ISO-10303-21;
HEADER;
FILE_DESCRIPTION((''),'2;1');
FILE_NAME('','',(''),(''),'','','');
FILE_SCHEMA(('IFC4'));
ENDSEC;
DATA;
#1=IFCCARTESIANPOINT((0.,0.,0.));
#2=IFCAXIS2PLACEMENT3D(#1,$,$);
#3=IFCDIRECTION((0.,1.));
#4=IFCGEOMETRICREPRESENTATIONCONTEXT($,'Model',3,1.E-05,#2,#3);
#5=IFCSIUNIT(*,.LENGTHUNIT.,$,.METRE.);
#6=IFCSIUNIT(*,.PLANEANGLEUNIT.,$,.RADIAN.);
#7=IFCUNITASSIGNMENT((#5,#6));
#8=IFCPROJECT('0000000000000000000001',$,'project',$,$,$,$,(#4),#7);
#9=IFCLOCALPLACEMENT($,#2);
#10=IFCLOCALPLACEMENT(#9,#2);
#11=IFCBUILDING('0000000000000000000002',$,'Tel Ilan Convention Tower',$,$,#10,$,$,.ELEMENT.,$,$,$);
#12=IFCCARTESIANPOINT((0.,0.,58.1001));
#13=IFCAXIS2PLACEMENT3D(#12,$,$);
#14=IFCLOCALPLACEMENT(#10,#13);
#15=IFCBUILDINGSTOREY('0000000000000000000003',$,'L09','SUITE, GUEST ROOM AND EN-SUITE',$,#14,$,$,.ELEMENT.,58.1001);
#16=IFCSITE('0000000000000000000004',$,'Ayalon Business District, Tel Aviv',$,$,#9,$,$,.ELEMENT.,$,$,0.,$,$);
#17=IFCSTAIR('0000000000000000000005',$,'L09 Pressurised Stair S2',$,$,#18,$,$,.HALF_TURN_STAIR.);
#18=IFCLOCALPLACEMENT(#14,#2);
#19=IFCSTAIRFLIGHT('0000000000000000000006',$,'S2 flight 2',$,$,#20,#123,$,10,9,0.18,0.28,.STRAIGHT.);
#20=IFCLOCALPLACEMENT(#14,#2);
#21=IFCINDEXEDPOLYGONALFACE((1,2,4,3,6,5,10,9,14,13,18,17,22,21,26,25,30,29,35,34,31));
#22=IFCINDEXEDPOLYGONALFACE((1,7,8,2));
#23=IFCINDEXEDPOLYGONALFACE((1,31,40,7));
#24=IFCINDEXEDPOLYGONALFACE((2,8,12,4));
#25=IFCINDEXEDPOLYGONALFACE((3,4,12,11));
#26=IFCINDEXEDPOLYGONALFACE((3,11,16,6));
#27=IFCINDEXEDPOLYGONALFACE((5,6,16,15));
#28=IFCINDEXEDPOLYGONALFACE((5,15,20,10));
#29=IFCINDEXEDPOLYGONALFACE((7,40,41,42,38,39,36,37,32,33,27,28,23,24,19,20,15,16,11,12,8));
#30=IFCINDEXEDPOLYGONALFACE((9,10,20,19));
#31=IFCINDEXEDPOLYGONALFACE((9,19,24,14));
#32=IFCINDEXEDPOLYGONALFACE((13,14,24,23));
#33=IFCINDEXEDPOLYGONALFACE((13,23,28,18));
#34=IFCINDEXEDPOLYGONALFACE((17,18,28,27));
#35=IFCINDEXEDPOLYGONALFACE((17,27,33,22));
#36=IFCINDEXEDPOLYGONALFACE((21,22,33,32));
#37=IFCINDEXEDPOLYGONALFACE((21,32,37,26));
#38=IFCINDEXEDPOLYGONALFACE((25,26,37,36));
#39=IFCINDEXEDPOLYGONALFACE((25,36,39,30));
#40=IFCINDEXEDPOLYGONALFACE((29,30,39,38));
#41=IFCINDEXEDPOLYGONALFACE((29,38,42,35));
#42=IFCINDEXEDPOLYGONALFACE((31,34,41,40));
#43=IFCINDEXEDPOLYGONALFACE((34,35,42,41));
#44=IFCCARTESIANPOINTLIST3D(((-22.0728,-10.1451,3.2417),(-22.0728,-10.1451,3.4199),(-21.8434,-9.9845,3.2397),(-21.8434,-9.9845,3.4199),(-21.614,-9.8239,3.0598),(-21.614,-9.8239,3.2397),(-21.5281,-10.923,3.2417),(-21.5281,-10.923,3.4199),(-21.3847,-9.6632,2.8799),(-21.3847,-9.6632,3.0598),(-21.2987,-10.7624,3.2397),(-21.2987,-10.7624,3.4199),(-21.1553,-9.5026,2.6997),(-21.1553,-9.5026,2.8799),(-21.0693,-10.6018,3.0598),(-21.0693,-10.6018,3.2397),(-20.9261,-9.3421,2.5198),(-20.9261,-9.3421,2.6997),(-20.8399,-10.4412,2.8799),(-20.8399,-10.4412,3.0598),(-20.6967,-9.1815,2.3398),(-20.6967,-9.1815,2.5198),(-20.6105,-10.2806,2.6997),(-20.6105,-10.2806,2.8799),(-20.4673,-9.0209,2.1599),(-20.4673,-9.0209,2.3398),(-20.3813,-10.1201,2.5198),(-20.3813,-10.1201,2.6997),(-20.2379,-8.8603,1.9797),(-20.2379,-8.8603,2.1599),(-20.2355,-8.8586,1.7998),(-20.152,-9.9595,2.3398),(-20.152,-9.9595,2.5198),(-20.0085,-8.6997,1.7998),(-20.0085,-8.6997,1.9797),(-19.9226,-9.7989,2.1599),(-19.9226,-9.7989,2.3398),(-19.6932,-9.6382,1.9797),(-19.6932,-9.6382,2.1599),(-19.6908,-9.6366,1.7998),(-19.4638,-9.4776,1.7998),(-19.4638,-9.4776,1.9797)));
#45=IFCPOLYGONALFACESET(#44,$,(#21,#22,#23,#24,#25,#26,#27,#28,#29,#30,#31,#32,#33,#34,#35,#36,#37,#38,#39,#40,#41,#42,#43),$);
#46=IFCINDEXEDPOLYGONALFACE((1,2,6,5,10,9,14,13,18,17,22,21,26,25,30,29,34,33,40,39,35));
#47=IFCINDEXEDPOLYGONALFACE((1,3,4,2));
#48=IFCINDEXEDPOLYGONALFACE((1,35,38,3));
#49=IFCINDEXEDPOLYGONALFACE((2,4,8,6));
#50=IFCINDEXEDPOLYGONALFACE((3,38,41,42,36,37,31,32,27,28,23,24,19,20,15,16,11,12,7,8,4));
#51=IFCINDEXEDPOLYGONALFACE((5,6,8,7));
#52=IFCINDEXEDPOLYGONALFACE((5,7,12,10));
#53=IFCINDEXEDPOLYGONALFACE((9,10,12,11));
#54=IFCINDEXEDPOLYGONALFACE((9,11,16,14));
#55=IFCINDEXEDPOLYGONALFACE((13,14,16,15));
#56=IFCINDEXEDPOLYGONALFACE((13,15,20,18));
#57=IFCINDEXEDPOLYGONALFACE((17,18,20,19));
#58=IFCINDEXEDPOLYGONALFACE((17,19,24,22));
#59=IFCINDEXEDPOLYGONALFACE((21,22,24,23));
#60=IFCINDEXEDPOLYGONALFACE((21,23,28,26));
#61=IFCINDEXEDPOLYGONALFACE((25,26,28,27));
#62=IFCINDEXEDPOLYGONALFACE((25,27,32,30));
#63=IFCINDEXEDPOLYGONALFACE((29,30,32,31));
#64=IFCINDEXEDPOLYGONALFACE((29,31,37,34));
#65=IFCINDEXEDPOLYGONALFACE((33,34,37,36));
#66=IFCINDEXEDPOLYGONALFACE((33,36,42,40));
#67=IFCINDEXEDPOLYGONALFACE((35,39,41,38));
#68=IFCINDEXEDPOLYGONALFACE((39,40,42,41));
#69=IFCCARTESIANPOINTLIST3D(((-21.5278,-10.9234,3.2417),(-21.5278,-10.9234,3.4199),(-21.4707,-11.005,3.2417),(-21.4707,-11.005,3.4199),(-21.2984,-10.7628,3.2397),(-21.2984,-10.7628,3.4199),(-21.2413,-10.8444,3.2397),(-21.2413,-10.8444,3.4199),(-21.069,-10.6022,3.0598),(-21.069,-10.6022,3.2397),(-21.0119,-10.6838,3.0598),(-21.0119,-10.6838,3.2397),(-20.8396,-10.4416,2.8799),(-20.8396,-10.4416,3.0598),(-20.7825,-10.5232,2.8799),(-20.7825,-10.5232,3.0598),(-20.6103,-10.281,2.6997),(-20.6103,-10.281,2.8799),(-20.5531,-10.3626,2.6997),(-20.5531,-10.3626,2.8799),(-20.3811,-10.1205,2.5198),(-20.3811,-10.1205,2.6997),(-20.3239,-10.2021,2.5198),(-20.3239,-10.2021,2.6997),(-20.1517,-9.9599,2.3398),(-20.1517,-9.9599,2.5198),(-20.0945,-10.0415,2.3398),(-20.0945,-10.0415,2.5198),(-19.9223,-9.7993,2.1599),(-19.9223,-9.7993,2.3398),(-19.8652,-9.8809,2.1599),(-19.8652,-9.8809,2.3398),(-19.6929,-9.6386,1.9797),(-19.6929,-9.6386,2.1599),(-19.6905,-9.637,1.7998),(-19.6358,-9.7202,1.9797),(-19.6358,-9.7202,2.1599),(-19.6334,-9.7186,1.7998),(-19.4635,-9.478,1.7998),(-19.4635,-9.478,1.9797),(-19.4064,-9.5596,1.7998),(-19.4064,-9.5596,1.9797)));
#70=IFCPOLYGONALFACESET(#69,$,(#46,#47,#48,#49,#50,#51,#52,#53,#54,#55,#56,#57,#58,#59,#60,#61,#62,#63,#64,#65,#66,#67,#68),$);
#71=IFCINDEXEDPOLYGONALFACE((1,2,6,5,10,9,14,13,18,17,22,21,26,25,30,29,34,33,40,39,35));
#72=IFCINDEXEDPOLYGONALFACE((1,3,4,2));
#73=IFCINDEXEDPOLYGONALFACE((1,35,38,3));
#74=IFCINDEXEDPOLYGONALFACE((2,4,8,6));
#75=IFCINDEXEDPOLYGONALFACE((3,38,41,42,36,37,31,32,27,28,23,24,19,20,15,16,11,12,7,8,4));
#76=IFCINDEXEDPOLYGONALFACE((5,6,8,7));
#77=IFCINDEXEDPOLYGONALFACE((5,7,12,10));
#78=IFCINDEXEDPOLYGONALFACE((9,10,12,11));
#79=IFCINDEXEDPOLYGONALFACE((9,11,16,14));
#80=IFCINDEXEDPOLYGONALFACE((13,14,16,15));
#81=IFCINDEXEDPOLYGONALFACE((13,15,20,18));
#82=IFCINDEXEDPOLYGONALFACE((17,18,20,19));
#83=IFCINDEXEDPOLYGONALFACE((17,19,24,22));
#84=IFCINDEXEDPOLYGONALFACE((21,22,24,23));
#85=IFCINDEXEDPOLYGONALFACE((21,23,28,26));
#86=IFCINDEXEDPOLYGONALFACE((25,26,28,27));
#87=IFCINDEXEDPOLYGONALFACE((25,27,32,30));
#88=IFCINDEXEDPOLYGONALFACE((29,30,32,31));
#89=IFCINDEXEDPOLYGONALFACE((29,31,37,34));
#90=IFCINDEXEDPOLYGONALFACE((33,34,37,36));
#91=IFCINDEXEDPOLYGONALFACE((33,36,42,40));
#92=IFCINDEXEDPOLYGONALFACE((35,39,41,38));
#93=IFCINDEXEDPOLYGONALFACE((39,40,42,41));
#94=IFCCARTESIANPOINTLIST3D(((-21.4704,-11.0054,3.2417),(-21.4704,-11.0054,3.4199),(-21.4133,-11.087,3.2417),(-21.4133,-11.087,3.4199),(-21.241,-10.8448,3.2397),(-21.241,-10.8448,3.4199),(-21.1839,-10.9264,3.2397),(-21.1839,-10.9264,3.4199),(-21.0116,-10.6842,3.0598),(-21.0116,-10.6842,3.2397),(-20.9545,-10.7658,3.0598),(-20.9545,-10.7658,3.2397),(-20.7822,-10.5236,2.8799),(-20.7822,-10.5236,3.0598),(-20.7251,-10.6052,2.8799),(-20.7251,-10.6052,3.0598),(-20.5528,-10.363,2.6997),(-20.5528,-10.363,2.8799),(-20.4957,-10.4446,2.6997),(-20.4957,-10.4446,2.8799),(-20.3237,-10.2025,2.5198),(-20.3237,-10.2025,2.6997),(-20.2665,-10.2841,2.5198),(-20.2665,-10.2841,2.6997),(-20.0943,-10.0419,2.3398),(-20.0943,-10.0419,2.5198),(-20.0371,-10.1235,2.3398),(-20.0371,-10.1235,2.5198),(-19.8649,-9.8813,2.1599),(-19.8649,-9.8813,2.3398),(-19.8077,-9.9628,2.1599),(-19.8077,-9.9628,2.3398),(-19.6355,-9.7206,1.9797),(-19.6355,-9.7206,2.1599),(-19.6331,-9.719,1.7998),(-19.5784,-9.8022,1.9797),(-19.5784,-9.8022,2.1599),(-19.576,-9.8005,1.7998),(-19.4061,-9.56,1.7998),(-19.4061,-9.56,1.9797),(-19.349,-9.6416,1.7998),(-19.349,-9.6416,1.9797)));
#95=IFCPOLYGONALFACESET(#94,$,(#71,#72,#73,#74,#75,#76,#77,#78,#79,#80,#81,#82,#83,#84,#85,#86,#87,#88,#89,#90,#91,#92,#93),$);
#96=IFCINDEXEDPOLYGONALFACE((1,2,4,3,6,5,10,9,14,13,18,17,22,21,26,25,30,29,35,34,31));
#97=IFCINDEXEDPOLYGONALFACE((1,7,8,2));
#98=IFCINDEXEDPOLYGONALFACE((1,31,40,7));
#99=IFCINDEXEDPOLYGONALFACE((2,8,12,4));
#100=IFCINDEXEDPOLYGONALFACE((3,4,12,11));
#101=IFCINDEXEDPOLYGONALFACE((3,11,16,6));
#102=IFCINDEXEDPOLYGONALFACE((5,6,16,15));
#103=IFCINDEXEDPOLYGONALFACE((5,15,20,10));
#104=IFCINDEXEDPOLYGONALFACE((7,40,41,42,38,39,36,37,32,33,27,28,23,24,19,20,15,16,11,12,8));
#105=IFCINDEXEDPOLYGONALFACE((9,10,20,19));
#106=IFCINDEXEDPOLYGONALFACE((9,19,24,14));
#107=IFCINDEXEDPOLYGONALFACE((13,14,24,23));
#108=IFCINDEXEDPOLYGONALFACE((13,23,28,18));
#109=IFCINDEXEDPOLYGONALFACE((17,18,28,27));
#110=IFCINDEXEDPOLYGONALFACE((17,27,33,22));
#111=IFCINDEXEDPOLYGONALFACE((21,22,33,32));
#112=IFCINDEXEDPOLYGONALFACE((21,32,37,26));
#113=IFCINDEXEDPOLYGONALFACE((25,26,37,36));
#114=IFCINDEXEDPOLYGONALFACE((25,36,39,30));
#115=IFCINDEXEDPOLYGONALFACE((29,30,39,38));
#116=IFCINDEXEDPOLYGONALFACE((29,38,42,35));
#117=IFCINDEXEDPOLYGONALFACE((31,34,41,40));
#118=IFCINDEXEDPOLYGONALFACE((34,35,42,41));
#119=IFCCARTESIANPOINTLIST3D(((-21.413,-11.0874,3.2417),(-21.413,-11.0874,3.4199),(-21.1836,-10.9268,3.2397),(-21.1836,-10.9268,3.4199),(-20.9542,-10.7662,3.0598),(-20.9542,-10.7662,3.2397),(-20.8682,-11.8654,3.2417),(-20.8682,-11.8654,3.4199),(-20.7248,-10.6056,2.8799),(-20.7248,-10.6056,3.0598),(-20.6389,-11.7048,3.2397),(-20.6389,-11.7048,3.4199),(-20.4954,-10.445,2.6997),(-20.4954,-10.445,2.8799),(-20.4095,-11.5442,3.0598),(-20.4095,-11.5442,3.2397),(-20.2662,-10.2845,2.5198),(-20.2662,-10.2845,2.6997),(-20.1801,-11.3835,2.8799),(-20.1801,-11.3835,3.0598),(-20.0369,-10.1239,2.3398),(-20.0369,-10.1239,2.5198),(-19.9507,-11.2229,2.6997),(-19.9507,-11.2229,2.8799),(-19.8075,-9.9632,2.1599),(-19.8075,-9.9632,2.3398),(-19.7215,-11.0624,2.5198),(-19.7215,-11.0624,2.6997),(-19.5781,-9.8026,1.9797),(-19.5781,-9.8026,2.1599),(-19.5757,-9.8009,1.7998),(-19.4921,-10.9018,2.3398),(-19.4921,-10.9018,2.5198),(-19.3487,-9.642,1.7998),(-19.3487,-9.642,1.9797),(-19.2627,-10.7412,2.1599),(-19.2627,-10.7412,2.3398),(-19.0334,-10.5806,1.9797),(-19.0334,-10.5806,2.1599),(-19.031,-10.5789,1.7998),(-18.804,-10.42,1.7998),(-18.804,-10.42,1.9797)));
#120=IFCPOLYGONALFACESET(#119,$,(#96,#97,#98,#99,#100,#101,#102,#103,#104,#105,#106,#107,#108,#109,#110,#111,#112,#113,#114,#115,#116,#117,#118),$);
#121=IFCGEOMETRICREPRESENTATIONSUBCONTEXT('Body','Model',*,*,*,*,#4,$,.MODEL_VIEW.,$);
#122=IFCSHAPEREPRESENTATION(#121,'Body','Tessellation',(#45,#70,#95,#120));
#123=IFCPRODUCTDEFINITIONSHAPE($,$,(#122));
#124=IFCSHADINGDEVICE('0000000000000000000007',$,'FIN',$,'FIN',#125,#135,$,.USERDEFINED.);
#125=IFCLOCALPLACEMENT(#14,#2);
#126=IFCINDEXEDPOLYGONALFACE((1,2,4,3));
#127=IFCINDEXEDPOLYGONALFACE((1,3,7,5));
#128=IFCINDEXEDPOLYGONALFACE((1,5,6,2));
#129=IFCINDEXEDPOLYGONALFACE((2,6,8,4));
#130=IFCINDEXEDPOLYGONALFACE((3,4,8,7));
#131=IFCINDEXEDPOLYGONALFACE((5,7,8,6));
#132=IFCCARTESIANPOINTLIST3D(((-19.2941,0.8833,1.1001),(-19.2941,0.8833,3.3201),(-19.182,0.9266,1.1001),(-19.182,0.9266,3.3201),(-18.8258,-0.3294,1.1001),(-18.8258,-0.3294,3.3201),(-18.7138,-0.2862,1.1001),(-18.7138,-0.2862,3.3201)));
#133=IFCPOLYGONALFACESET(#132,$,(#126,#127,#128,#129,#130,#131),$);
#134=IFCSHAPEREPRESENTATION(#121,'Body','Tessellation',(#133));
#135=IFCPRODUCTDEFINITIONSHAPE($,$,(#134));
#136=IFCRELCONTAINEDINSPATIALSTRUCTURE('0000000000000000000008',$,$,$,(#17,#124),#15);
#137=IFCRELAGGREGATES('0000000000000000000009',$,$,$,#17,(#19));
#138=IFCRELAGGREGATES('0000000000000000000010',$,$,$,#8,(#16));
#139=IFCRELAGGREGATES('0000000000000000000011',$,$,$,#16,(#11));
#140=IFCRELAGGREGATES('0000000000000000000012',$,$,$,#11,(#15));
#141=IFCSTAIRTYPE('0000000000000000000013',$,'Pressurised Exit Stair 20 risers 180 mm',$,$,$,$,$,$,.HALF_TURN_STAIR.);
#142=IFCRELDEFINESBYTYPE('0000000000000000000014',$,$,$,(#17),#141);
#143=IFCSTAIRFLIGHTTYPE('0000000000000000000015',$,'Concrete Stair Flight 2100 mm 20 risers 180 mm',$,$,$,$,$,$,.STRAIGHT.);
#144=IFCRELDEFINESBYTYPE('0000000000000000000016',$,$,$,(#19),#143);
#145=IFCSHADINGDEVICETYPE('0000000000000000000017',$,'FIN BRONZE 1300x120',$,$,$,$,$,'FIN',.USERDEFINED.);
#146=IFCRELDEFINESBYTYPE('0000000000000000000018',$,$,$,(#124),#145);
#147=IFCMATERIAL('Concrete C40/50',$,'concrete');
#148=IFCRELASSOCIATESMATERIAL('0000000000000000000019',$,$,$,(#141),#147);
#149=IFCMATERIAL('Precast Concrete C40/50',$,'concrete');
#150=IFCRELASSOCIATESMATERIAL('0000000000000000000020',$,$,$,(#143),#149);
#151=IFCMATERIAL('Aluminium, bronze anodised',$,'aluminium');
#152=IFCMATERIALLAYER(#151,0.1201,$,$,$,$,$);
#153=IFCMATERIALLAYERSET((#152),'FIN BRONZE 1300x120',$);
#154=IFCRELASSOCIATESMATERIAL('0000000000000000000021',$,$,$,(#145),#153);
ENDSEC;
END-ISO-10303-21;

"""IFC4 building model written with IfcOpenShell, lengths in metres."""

from ifc_helpers import new_model, si_unit, direction, frame, origin, origin_2d, place, context, subcontext, project, spatial, polyline, rectangle, outline, extrude, material, layer, layer_set, type_object, element, aggregate, save


model = new_model("IFC4")

# Units and contexts
model_context = context("Model", 3, precision=1e-05, world=origin(), true_north=direction((0.0, 1.0)))
body_context = subcontext(model_context, "Body", "Model", "MODEL_VIEW")
ifc_project = project(units=[si_unit("LENGTHUNIT", "METRE"), si_unit("PLANEANGLEUNIT", "RADIAN")], contexts=[model_context])

# Site, building, storey
site_placement = place(None, origin())
site = spatial("IfcSite", under=ifc_project, at=site_placement, Name="Ayalon Business District, Tel Aviv", CompositionType="ELEMENT", RefElevation=0.0)
building_placement = place(site_placement, origin())
building = spatial("IfcBuilding", under=site, at=building_placement, Name="Tel Ilan Convention Tower", CompositionType="ELEMENT")
storey_placement = place(building_placement, frame((0.0, 0.0, 58.1001)))
storey = spatial("IfcBuildingStorey", under=building, at=storey_placement, Name="L09", Description="SUITE, GUEST ROOM AND EN-SUITE", CompositionType="ELEMENT", Elevation=58.1001)

# Shared definitions
ifc_material_1 = material(Name="Concrete C40/50", Category="concrete")
stair_type = type_object("IfcStairType", Name="Pressurised Exit Stair 20 risers 180 mm", PredefinedType="HALF_TURN_STAIR", material=ifc_material_1)
ifc_material_2 = material(Name="Precast Concrete C40/50", Category="concrete")
stair_flight_type = type_object("IfcStairFlightType", Name="Concrete Stair Flight 2100 mm 20 risers 180 mm", PredefinedType="STRAIGHT", material=ifc_material_2)

# Stair, stair flight
stair_1_placement = place(storey_placement, origin())
stair_1 = element("IfcStair", 1, at=stair_1_placement, inside=storey, type_object=stair_type, Name="L09 Pressurised Stair S2", PredefinedType="HALF_TURN_STAIR")
stair_flight_1_placement = place(storey_placement, frame((-19.4062, -9.5598, 1.7998), z_axis=(0.0, 0.0, 1.0), x_axis=(-0.819152, -0.573576, 0.0)))
stair_flight_1 = element("IfcStairFlight", 2, at=stair_flight_1_placement, type_object=stair_flight_type, Name="S2 flight 2", NumberOfRisers=10, NumberOfTreads=9, PredefinedType="STRAIGHT", RiserHeight=0.18, TreadLength=0.28, context=body_context, shape_type="SweptSolid", body=[
    extrude(outline(polyline([(0.0, 0.0), (0.0, 0.1799), (0.28, 0.1799), (0.28, 0.3601), (0.5601, 0.3601), (0.5601, 0.54), (0.8401, 0.54), (0.8401, 0.72), (1.1201, 0.72), (1.1201, 0.8999), (1.3999, 0.8999), (1.3999, 1.0801), (1.6799, 1.0801), (1.6799, 1.26), (1.96, 1.26), (1.96, 1.4399), (2.24, 1.4399), (2.24, 1.6201), (2.52, 1.6201), (2.52, 1.8), (2.52, 1.4419), (0.2771, 0.0), (0.0, 0.0)])), frame((0.0, -0.1003, 0.0), z_axis=(0.0, -1.0, 0.0), x_axis=(1.0, 0.0, 0.0)), (0.0, 0.0, 1.0), 0.9497),
    extrude(outline(polyline([(0.0, 0.0), (0.0, 0.1799), (0.28, 0.1799), (0.28, 0.3601), (0.5601, 0.3601), (0.5601, 0.54), (0.8401, 0.54), (0.8401, 0.72), (1.1201, 0.72), (1.1201, 0.8999), (1.3999, 0.8999), (1.3999, 1.0801), (1.6799, 1.0801), (1.6799, 1.26), (1.96, 1.26), (1.96, 1.4399), (2.24, 1.4399), (2.24, 1.6201), (2.52, 1.6201), (2.52, 1.8), (2.52, 1.4419), (0.2771, 0.0), (0.0, 0.0)])), frame((0.0, -0.0002, 0.0), z_axis=(0.0, -1.0, 0.0), x_axis=(1.0, 0.0, 0.0)), (0.0, 0.0, 1.0), 0.0996),
    extrude(outline(polyline([(0.0, 0.0), (0.0, 0.1799), (0.28, 0.1799), (0.28, 0.3601), (0.5601, 0.3601), (0.5601, 0.54), (0.8401, 0.54), (0.8401, 0.72), (1.1201, 0.72), (1.1201, 0.8999), (1.3999, 0.8999), (1.3999, 1.0801), (1.6799, 1.0801), (1.6799, 1.26), (1.96, 1.26), (1.96, 1.4399), (2.24, 1.4399), (2.24, 1.6201), (2.52, 1.6201), (2.52, 1.8), (2.52, 1.4419), (0.2771, 0.0), (0.0, 0.0)])), frame((0.0, 0.0999, 0.0), z_axis=(0.0, -1.0, 0.0), x_axis=(1.0, 0.0, 0.0)), (0.0, 0.0, 1.0), 0.0996),
    extrude(outline(polyline([(0.0, 0.0), (0.0, 0.1799), (0.28, 0.1799), (0.28, 0.3601), (0.5601, 0.3601), (0.5601, 0.54), (0.8401, 0.54), (0.8401, 0.72), (1.1201, 0.72), (1.1201, 0.8999), (1.3999, 0.8999), (1.3999, 1.0801), (1.6799, 1.0801), (1.6799, 1.26), (1.96, 1.26), (1.96, 1.4399), (2.24, 1.4399), (2.24, 1.6201), (2.52, 1.6201), (2.52, 1.8), (2.52, 1.4419), (0.2771, 0.0), (0.0, 0.0)])), frame((0.0, 1.05, 0.0), z_axis=(0.0, -1.0, 0.0), x_axis=(1.0, 0.0, 0.0)), (0.0, 0.0, 1.0), 0.9497),
])
aggregate(stair_1, [stair_flight_1])

# Shading device
ifc_material_3 = material(Name="Aluminium, bronze anodised", Category="aluminium")
ifc_layer_1 = layer(ifc_material_3, 0.1201)
ifc_layer_set_1 = layer_set([ifc_layer_1], Name="FIN BRONZE 1300x120")
shading_device_type = type_object("IfcShadingDeviceType", Name="FIN BRONZE 1300x120", ElementType="FIN", PredefinedType="USERDEFINED", material=ifc_layer_set_1)
shading_device_placement = place(storey_placement, frame((-19.0039, 0.2986, 1.1001), z_axis=(0.0, 0.0, 1.0), x_axis=(-0.360178, 0.932884, 0.0)))
element("IfcShadingDevice", 3, at=shading_device_placement, inside=storey, type_object=shading_device_type, Name="FIN", ObjectType="FIN", PredefinedType="USERDEFINED", context=body_context, shape_type="SweptSolid", body=[
    extrude(rectangle(XDim=1.3, YDim=0.1201, at=origin_2d()), origin(), (0.0, 0.0, 1.0), 2.22),
])

save(model, "model.ifc")
